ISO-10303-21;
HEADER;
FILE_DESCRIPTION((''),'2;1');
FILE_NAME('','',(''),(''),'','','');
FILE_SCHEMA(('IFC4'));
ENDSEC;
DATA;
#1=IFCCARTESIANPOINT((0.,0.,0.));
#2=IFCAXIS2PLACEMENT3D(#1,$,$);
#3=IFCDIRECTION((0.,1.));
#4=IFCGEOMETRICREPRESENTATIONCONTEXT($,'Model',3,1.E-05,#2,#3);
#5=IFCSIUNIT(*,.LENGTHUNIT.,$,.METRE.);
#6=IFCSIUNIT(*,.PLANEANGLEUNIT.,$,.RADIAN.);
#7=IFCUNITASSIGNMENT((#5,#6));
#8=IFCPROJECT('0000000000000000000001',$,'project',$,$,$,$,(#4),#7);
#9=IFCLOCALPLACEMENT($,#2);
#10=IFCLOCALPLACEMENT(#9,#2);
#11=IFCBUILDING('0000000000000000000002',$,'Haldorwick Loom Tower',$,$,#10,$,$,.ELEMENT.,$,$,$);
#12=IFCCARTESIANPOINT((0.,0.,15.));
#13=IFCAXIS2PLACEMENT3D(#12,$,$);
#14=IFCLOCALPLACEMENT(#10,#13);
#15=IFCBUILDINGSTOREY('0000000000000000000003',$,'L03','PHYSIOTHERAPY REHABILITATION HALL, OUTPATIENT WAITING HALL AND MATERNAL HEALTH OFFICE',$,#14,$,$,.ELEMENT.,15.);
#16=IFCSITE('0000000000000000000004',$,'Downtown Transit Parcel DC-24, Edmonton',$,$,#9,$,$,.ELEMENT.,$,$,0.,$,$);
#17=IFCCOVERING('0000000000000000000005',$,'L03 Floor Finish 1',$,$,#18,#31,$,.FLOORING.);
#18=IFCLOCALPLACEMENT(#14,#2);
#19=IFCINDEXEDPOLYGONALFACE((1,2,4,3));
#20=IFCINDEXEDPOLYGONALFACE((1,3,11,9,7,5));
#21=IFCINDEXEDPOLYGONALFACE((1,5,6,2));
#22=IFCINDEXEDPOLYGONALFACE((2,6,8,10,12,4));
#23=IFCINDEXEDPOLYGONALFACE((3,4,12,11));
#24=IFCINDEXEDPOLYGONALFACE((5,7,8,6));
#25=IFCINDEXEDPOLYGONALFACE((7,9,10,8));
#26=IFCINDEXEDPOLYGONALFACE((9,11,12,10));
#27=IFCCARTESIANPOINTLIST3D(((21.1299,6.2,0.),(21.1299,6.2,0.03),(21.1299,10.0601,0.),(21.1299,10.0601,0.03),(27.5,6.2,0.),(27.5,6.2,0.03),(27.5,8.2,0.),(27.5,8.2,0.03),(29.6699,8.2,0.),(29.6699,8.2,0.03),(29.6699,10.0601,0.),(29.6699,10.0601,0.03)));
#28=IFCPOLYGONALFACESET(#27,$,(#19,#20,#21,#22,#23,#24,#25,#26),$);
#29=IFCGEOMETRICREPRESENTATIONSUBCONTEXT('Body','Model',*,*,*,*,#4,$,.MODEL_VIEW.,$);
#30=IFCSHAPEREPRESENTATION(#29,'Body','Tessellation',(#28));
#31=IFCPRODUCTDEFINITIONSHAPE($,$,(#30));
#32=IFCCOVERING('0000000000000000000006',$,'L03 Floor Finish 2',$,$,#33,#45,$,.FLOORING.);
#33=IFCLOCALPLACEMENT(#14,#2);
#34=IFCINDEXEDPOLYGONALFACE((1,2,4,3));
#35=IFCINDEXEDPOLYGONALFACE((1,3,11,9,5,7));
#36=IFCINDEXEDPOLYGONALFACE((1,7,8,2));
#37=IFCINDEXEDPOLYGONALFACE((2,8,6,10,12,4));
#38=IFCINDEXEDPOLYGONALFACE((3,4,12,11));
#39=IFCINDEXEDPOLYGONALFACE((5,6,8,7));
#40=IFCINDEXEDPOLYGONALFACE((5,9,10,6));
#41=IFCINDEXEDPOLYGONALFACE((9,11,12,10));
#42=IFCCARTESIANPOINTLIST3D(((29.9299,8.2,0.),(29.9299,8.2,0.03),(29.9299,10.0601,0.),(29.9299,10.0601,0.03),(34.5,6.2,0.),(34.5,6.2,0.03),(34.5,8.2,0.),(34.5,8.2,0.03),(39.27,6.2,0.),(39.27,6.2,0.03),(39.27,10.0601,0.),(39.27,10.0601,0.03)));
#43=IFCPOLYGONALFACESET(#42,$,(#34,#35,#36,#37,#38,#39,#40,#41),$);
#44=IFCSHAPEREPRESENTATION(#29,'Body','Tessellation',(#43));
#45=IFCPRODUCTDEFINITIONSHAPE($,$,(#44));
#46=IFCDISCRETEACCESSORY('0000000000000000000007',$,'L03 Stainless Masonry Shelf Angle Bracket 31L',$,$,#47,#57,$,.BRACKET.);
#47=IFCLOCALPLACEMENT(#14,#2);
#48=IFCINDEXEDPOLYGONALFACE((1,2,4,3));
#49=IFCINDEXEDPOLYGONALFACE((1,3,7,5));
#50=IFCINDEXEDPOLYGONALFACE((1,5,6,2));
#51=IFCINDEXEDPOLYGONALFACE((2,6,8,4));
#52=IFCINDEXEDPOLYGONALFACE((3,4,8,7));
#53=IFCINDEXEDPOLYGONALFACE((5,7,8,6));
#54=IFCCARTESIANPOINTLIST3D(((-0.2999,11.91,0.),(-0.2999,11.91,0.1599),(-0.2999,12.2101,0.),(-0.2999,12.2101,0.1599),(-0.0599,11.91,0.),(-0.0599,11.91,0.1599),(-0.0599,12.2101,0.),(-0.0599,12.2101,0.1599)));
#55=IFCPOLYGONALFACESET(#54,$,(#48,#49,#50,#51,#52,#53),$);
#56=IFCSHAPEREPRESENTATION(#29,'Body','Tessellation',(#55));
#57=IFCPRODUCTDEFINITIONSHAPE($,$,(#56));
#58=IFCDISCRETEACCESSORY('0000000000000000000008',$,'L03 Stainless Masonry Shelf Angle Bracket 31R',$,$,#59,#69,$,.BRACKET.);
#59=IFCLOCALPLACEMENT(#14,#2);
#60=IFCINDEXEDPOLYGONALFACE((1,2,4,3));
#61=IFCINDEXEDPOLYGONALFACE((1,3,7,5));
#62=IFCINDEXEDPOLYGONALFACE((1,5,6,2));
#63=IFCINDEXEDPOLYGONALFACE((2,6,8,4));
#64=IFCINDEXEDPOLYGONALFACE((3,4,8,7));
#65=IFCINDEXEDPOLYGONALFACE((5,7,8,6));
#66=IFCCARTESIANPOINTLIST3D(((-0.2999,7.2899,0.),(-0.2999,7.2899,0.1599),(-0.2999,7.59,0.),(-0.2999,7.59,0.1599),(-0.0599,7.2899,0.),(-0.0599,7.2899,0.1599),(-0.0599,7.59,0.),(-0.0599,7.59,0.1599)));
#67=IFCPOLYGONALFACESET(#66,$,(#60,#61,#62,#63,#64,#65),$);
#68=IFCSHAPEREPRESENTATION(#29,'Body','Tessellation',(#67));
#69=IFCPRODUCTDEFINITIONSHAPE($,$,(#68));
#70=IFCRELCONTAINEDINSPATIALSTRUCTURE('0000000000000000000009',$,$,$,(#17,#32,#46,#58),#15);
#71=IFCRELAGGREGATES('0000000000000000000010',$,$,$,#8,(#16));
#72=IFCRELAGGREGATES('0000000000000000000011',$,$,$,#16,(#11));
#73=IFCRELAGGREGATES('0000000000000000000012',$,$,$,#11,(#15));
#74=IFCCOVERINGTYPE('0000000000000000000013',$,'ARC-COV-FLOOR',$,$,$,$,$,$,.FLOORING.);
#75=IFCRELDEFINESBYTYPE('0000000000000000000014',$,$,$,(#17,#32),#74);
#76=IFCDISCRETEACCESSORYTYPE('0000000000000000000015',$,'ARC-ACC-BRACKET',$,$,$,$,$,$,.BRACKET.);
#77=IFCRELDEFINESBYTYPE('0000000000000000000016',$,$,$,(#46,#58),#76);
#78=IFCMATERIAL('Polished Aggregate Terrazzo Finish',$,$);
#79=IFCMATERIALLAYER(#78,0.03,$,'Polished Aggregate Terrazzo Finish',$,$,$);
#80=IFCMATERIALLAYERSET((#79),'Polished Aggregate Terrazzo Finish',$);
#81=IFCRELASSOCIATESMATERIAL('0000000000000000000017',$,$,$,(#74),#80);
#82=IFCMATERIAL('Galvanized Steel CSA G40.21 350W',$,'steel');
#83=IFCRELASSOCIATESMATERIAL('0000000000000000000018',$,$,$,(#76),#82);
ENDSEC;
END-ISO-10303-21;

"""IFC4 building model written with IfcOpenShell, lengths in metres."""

from ifc_helpers import new_model, si_unit, direction, frame, origin, origin_2d, place, context, subcontext, project, spatial, polyline, rectangle, outline, extrude, material, layer, layer_set, type_object, element, save


model = new_model("IFC4")

# Units and contexts
model_context = context("Model", 3, precision=1e-05, world=origin(), true_north=direction((0.0, 1.0)))
body_context = subcontext(model_context, "Body", "Model", "MODEL_VIEW")
ifc_project = project(units=[si_unit("LENGTHUNIT", "METRE"), si_unit("PLANEANGLEUNIT", "RADIAN")], contexts=[model_context])

# Site, building, storey
site_placement = place(None, origin())
site = spatial("IfcSite", under=ifc_project, at=site_placement, Name="Downtown Transit Parcel DC-24, Edmonton", CompositionType="ELEMENT", RefElevation=0.0)
building_placement = place(site_placement, origin())
building = spatial("IfcBuilding", under=site, at=building_placement, Name="Haldorwick Loom Tower", CompositionType="ELEMENT")
storey_placement = place(building_placement, frame((0.0, 0.0, 15.0)))
storey = spatial("IfcBuildingStorey", under=building, at=storey_placement, Name="L03", Description="PHYSIOTHERAPY REHABILITATION HALL, OUTPATIENT WAITING HALL AND MATERNAL HEALTH OFFICE", CompositionType="ELEMENT", Elevation=15.0)

# Coverings
ifc_material_1 = material(Name="Polished Aggregate Terrazzo Finish")
ifc_layer_1 = layer(ifc_material_1, 0.03, Name="Polished Aggregate Terrazzo Finish")
ifc_layer_set_1 = layer_set([ifc_layer_1], Name="Polished Aggregate Terrazzo Finish")
covering_type_1 = type_object("IfcCoveringType", Name="ARC-COV-FLOOR", PredefinedType="FLOORING", material=ifc_layer_set_1)
covering_1_placement = place(storey_placement, origin())
element("IfcCovering", 1, at=covering_1_placement, inside=storey, type_object=covering_type_1, Name="L03 Floor Finish 1", PredefinedType="FLOORING", context=body_context, shape_type="SweptSolid", body=[
    extrude(outline(polyline([(21.1299, 6.2), (27.5, 6.2), (27.5, 8.2), (29.6699, 8.2), (29.6699, 10.0601), (21.1299, 10.0601), (21.1299, 6.2)])), origin(), (0.0, 0.0, 1.0), 0.03),
])
covering_2_placement = place(storey_placement, origin())
element("IfcCovering", 2, at=covering_2_placement, inside=storey, type_object=covering_type_1, Name="L03 Floor Finish 2", PredefinedType="FLOORING", context=body_context, shape_type="SweptSolid", body=[
    extrude(outline(polyline([(34.5, 6.2), (39.27, 6.2), (39.27, 10.0601), (29.9299, 10.0601), (29.9299, 8.2), (34.5, 8.2), (34.5, 6.2)])), origin(), (0.0, 0.0, 1.0), 0.03),
])

# Discrete accessories
ifc_material_2 = material(Name="Galvanized Steel CSA G40.21 350W", Category="steel")
discrete_accessory_type = type_object("IfcDiscreteAccessoryType", Name="ARC-ACC-BRACKET", PredefinedType="BRACKET", material=ifc_material_2)
for number, where, z_axis, x_axis, name in (
    (3, (-0.1799, 12.0601, 0.0), (0.0, 0.0, 1.0), (0.0, -1.0, 0.0), "L03 Stainless Masonry Shelf Angle Bracket 31L"),
    (4, (-0.1799, 7.4399, 0.0), (0.0, 0.0, 1.0), (0.0, -1.0, 0.0), "L03 Stainless Masonry Shelf Angle Bracket 31R"),
):
    element("IfcDiscreteAccessory", number, at=place(storey_placement, frame(where, z_axis=z_axis, x_axis=x_axis)), inside=storey, type_object=discrete_accessory_type, Name=name, PredefinedType="BRACKET", context=body_context, shape_type="SweptSolid", body=[
        extrude(rectangle(XDim=0.3, YDim=0.24, at=origin_2d()), origin(), (0.0, 0.0, 1.0), 0.1599),
    ])

save(model, "model.ifc")
